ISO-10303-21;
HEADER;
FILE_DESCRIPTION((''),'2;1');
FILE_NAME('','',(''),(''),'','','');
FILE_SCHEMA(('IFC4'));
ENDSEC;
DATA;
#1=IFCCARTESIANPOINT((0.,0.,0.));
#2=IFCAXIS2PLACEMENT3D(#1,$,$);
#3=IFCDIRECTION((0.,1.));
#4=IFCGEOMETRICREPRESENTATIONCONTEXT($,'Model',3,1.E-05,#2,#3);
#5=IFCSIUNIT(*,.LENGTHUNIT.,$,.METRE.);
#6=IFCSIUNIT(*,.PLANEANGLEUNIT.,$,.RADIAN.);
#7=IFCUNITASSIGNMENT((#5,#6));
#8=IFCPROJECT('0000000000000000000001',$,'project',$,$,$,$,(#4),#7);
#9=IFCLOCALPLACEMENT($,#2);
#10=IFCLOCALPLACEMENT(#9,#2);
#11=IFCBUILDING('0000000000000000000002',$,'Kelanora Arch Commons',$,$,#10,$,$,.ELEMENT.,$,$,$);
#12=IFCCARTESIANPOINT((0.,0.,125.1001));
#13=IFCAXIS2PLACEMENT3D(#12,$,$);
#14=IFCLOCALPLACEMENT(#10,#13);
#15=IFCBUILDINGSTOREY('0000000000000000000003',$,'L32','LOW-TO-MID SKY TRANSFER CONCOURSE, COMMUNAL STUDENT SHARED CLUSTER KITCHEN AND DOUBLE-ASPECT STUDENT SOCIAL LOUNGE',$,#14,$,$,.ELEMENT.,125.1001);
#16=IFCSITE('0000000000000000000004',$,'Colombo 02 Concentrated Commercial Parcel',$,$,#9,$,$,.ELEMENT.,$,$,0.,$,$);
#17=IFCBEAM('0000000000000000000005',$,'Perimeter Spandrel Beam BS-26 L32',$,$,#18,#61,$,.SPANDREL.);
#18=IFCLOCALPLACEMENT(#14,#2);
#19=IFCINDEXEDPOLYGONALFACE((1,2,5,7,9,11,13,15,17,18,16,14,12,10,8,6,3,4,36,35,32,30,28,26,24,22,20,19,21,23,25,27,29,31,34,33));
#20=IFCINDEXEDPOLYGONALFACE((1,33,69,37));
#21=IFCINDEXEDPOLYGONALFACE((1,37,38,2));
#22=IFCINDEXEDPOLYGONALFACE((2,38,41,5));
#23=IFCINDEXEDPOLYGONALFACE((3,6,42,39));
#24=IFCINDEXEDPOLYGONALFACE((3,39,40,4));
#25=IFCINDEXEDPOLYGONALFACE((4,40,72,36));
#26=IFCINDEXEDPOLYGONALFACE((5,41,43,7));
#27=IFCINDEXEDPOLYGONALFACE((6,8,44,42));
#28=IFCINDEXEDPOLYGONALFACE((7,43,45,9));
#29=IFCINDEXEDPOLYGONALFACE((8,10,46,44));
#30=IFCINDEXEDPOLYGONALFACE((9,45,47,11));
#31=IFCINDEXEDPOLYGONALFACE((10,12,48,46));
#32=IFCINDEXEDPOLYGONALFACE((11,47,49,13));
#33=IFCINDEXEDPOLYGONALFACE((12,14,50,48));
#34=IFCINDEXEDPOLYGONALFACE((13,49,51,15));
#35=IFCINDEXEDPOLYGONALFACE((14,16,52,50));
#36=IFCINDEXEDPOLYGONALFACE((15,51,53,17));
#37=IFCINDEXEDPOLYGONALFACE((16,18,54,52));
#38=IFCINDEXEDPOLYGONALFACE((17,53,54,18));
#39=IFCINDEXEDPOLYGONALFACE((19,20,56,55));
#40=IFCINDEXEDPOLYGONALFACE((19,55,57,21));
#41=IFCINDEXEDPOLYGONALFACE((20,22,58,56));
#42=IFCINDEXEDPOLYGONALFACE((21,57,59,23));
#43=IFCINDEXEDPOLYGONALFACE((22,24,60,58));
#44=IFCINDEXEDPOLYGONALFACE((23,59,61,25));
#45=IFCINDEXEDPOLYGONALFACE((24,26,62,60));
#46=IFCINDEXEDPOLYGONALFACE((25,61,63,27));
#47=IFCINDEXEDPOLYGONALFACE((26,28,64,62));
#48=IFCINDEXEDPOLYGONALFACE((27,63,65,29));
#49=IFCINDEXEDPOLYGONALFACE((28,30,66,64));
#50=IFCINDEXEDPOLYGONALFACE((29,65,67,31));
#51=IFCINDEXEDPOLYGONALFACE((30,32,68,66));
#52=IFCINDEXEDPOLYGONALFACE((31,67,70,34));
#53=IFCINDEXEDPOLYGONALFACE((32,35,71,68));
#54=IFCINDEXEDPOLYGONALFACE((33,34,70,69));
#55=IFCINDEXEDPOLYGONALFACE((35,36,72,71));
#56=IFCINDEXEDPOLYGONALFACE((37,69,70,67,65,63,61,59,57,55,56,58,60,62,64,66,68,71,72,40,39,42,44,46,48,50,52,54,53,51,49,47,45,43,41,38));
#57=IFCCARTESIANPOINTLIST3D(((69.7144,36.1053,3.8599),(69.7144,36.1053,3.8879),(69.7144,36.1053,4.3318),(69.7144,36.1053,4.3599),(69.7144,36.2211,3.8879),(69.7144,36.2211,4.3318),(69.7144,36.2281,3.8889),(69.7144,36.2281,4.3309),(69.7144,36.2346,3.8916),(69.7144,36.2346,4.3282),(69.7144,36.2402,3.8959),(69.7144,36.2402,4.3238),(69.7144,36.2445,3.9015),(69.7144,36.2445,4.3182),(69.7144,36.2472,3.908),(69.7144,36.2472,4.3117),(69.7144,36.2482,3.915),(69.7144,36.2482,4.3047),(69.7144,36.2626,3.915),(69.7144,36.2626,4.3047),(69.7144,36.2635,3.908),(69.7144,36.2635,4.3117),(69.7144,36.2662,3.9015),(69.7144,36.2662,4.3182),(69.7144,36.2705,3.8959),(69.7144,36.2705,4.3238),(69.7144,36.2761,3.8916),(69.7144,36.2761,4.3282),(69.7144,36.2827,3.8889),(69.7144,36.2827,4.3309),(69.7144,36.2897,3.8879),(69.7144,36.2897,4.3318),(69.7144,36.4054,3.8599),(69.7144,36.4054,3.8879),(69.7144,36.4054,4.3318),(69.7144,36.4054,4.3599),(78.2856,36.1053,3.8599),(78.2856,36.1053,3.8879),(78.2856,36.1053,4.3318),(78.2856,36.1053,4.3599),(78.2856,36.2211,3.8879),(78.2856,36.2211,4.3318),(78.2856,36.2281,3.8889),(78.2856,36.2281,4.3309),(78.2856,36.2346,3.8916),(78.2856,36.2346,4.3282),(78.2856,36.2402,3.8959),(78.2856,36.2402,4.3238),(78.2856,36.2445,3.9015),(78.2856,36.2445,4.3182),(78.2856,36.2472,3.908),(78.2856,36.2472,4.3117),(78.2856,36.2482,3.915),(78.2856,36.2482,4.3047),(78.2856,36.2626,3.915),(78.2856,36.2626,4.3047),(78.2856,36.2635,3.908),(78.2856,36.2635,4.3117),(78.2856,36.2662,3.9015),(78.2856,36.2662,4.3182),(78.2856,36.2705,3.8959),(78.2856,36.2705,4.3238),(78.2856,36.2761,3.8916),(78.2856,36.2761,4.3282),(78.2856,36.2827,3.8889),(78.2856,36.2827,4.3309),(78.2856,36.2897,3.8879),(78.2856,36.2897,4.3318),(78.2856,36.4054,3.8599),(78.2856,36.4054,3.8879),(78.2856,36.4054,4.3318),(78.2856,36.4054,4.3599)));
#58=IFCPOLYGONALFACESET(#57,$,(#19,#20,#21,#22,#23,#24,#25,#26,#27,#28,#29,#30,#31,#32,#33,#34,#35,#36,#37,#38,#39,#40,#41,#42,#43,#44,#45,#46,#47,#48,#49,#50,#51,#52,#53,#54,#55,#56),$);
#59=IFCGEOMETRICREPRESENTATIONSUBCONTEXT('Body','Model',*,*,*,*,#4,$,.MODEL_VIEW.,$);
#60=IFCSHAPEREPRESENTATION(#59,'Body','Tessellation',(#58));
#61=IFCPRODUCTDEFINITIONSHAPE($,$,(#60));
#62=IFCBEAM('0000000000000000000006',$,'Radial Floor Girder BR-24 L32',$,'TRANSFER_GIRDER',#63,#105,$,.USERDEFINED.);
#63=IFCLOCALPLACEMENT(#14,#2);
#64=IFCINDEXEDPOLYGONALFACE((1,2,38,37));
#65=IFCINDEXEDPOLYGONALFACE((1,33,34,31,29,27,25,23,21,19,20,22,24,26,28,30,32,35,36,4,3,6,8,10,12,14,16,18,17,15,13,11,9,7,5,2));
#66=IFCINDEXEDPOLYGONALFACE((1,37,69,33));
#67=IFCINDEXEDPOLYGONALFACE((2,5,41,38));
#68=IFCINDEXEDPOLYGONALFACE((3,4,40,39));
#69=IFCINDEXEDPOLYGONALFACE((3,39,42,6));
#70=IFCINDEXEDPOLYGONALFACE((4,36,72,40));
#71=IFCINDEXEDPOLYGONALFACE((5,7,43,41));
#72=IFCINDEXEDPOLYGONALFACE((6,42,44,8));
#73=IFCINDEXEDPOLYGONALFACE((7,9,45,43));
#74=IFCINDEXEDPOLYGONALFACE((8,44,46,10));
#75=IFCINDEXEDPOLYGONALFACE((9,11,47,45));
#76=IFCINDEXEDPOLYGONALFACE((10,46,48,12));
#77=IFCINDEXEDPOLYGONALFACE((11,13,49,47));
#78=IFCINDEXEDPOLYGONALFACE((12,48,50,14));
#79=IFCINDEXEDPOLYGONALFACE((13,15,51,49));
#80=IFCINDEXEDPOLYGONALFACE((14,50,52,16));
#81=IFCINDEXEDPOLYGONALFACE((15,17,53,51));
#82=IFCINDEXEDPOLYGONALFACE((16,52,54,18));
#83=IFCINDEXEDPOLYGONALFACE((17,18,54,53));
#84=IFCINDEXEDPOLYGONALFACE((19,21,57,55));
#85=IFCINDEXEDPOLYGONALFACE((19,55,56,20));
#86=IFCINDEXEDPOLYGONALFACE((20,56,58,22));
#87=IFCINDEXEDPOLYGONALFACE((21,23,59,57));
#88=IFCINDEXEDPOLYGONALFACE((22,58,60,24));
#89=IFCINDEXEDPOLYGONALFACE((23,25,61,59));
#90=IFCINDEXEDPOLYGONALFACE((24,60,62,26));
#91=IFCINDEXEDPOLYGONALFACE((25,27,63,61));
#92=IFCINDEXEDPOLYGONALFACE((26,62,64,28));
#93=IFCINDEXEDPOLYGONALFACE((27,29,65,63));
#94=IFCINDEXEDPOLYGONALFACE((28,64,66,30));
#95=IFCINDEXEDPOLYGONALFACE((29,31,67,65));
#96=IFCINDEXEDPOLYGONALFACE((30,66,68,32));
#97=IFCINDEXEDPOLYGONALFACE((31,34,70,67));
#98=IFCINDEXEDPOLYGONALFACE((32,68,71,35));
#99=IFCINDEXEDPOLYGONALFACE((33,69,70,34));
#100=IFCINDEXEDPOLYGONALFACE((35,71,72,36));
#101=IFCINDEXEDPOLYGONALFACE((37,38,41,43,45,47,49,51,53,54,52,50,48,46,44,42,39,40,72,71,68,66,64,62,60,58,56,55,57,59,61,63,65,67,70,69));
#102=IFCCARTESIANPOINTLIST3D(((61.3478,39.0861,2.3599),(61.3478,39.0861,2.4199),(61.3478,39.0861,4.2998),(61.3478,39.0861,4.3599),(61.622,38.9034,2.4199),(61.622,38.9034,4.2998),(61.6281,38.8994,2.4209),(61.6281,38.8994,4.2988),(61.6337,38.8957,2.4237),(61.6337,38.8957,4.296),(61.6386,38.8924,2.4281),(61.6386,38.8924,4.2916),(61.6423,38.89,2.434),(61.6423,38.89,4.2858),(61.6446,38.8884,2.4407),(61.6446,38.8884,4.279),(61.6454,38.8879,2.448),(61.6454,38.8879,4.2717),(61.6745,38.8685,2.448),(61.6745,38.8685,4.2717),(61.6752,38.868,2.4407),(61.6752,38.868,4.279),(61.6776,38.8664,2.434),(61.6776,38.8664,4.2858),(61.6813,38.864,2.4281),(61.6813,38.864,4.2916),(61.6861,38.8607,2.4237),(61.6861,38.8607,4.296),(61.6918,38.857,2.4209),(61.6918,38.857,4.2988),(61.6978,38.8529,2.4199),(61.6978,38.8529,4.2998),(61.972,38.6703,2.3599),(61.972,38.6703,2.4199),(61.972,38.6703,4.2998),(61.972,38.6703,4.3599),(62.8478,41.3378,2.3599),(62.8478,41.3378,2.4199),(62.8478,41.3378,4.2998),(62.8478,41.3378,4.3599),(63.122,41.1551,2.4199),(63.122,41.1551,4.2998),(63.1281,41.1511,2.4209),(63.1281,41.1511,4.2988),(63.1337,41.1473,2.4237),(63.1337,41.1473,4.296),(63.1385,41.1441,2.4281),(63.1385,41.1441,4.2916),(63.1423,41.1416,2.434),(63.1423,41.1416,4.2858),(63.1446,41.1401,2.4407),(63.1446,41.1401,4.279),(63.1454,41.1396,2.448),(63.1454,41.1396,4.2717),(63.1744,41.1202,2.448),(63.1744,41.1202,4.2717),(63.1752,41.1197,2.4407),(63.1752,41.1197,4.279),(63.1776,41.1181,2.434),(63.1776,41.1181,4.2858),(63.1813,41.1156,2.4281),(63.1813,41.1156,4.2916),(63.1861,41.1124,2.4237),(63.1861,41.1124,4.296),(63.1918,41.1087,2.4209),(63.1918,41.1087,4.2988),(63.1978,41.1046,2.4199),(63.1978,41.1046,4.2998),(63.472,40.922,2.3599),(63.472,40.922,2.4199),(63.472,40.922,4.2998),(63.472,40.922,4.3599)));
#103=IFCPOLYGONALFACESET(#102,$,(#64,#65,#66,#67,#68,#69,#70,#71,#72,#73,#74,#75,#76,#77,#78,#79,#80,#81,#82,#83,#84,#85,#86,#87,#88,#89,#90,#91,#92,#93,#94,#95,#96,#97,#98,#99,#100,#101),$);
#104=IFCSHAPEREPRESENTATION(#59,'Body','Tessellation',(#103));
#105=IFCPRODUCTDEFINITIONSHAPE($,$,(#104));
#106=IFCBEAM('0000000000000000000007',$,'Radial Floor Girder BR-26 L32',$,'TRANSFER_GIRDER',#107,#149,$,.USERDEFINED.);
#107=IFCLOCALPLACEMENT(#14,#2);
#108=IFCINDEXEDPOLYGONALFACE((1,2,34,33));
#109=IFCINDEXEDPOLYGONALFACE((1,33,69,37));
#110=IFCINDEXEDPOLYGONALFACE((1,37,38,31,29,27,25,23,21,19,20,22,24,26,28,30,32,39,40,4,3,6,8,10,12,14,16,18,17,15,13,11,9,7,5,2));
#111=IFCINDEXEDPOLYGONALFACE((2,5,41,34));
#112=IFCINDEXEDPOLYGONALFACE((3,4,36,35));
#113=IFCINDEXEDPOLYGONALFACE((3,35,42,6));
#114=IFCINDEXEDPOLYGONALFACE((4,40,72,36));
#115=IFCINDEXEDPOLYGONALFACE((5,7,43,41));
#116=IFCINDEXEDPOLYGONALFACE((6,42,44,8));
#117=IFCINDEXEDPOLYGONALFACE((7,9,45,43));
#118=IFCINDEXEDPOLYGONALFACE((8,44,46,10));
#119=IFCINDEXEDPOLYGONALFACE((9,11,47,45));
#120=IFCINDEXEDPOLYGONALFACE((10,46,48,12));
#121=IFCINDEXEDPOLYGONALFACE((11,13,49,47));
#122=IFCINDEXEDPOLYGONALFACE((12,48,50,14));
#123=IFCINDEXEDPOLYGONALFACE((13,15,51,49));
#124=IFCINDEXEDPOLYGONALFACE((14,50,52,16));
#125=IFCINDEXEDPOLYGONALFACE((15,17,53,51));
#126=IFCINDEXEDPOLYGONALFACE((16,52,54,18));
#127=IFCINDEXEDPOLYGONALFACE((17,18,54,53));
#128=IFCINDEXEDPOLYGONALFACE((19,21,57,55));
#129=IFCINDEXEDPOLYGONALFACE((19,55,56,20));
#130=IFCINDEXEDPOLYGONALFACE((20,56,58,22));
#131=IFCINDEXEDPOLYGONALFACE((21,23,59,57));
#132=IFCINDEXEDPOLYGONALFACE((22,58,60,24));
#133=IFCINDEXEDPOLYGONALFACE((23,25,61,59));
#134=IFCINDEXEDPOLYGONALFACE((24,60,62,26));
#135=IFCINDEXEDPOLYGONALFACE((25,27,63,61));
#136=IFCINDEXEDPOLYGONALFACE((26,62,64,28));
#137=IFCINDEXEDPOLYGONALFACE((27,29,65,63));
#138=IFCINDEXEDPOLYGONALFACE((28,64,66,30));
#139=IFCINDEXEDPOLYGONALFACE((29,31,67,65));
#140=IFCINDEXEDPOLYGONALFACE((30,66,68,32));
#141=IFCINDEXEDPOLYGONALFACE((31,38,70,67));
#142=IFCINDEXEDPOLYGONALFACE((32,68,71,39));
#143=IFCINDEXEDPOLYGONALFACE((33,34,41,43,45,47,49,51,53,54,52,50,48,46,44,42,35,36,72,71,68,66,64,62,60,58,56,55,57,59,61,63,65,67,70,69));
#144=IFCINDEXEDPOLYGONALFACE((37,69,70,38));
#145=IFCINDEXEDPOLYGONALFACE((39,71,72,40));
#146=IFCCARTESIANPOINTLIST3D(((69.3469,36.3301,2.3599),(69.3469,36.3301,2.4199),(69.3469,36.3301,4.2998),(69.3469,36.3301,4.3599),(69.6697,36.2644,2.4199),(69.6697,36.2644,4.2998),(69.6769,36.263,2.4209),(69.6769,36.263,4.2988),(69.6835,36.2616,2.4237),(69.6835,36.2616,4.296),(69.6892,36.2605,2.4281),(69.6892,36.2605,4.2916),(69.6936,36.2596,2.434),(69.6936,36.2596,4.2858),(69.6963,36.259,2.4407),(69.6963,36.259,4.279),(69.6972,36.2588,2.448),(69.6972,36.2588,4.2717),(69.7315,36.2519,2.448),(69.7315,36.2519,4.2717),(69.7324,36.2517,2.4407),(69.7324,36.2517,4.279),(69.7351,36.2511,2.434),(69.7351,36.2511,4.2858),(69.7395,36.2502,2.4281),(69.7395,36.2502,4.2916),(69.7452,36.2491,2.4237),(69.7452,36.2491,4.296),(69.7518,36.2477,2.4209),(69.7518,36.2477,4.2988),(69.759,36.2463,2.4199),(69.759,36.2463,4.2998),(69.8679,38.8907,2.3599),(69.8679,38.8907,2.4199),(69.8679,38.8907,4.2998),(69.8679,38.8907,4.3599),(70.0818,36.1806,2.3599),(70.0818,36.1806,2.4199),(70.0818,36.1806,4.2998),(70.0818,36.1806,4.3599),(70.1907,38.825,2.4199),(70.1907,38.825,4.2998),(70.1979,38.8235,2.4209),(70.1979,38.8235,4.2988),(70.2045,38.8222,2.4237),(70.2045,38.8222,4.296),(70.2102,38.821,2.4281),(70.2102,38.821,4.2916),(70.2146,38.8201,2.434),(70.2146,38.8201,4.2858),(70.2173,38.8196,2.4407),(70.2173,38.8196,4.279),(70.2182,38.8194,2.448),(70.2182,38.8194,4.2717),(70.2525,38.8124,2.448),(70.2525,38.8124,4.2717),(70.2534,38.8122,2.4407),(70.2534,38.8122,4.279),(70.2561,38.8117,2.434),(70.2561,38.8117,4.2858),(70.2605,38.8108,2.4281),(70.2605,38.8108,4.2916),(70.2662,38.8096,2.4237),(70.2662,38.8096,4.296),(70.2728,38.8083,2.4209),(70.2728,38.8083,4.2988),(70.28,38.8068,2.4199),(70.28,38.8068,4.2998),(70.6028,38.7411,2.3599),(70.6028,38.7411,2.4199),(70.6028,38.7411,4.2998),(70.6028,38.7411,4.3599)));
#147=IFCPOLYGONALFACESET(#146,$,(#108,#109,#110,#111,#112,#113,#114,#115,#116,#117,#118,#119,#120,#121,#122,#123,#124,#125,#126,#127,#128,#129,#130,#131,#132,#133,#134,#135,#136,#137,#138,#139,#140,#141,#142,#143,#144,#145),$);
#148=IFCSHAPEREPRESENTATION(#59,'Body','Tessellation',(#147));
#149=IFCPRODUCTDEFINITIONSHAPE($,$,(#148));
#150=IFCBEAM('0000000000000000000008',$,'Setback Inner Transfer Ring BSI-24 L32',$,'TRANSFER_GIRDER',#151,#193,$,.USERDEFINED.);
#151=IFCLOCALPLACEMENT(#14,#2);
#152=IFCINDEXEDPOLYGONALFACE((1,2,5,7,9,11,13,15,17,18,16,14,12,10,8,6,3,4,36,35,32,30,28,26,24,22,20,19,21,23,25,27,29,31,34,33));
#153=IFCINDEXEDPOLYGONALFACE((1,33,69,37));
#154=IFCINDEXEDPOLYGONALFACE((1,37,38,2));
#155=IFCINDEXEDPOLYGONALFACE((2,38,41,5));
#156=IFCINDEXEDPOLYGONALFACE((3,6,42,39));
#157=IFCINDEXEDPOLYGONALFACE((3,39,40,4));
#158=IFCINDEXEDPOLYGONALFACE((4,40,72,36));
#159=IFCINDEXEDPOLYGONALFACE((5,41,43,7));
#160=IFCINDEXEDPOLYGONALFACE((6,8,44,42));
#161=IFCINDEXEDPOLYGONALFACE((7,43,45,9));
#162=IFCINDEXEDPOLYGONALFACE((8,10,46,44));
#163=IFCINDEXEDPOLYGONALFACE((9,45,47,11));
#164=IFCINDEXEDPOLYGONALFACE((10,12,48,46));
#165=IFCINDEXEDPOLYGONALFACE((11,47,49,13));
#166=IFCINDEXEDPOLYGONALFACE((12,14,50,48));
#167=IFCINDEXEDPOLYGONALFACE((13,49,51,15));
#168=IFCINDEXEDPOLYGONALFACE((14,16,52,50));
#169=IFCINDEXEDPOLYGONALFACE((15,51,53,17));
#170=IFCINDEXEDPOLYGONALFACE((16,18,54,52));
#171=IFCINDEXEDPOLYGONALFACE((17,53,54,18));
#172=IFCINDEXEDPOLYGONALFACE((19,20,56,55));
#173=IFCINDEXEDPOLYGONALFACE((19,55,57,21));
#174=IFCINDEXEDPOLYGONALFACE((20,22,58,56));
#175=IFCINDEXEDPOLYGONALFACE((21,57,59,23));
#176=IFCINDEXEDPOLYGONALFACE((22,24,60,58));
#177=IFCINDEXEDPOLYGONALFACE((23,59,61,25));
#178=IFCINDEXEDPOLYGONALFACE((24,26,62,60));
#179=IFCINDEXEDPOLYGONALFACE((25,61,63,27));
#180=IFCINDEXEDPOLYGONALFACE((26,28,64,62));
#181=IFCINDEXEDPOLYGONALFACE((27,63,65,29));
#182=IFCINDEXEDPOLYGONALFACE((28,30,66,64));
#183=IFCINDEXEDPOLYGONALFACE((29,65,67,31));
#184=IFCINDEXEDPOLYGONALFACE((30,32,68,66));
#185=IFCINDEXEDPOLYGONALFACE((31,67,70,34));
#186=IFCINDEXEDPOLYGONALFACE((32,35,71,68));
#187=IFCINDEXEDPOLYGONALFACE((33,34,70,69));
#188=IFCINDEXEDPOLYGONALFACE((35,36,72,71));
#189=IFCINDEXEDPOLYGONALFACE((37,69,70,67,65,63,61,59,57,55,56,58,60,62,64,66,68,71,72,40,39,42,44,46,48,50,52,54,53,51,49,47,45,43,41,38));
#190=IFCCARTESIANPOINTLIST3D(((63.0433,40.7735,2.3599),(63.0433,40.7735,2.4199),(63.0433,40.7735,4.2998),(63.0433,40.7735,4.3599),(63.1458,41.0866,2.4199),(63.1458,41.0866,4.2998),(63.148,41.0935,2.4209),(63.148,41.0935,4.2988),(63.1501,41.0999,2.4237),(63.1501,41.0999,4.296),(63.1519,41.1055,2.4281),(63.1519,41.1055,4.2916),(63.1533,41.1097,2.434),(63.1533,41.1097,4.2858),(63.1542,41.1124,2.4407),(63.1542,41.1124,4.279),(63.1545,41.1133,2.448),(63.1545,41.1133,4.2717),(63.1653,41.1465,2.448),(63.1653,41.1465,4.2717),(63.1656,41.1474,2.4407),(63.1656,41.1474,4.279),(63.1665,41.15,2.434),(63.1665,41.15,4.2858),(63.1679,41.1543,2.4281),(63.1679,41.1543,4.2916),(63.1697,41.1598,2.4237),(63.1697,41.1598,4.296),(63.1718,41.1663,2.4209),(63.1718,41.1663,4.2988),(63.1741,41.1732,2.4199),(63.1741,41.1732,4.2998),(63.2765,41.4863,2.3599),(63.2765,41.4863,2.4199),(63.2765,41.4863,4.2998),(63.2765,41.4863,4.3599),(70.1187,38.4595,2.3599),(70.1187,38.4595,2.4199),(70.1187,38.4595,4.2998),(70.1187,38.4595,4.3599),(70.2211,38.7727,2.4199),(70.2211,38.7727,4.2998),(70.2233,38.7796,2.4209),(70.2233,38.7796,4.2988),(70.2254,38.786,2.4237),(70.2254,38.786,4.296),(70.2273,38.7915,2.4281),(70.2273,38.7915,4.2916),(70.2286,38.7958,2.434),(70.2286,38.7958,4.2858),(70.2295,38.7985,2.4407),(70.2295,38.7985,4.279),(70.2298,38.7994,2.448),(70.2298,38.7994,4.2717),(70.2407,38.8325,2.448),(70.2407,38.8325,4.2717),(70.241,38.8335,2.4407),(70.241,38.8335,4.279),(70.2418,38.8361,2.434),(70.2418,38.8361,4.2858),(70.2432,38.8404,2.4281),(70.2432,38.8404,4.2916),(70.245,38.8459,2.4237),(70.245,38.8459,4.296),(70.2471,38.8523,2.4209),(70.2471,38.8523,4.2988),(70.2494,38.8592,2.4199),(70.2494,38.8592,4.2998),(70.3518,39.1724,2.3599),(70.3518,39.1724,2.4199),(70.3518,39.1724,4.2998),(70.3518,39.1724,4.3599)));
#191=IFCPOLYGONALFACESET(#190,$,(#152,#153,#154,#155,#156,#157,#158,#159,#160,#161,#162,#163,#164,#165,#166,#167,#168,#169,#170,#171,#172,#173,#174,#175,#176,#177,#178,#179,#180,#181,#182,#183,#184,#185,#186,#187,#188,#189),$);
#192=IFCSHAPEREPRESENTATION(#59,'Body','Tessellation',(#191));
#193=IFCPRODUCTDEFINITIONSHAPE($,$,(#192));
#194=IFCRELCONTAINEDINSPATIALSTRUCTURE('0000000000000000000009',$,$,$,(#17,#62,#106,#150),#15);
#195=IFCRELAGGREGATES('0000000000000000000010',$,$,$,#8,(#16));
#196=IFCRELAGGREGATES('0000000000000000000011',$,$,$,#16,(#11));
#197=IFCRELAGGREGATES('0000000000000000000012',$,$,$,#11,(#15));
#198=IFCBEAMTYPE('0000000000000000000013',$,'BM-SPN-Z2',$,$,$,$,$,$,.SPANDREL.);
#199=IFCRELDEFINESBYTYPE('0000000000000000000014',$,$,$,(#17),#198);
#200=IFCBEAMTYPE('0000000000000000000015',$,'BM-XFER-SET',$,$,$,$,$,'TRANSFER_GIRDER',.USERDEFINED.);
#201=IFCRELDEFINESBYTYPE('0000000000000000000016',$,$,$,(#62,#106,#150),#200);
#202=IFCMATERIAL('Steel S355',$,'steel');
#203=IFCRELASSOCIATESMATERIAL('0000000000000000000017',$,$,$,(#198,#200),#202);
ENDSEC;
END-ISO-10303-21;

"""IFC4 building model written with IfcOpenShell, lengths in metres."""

from ifc_helpers import new_model, si_unit, direction, frame, origin, origin_2d, place, context, subcontext, project, spatial, i_section, extrude, material, material_profile, profile_set, type_object, element, save


model = new_model("IFC4")

# Units and contexts
model_context = context("Model", 3, precision=1e-05, world=origin(), true_north=direction((0.0, 1.0)))
body_context = subcontext(model_context, "Body", "Model", "MODEL_VIEW")
ifc_project = project(units=[si_unit("LENGTHUNIT", "METRE"), si_unit("PLANEANGLEUNIT", "RADIAN")], contexts=[model_context])

# Site, building, storey
site_placement = place(None, origin())
site = spatial("IfcSite", under=ifc_project, at=site_placement, Name="Colombo 02 Concentrated Commercial Parcel", CompositionType="ELEMENT", RefElevation=0.0)
building_placement = place(site_placement, origin())
building = spatial("IfcBuilding", under=site, at=building_placement, Name="Kelanora Arch Commons", CompositionType="ELEMENT")
storey_placement = place(building_placement, frame((0.0, 0.0, 125.1001)))
storey = spatial("IfcBuildingStorey", under=building, at=storey_placement, Name="L32", Description="LOW-TO-MID SKY TRANSFER CONCOURSE, COMMUNAL STUDENT SHARED CLUSTER KITCHEN AND DOUBLE-ASPECT STUDENT SOCIAL LOUNGE", CompositionType="ELEMENT", Elevation=125.1001)

# Beams
ifc_material_1 = material(Name="Steel S355", Category="steel")
ifc_material_profile_1 = material_profile(ifc_material_1, i_section(OverallWidth=0.3, OverallDepth=0.5, WebThickness=0.0144, FlangeThickness=0.0281, FilletRadius=0.0271, at=origin_2d()), Name="HEB500")
ifc_profile_set_1 = profile_set([ifc_material_profile_1], Name="Steel S355")
beam_type_1 = type_object("IfcBeamType", Name="BM-SPN-Z2", PredefinedType="SPANDREL", material=ifc_profile_set_1)
beam_1_placement = place(storey_placement, frame((69.7144, 36.2554, 4.1099), z_axis=(1.0, 0.0, 0.0), x_axis=(0.0, 1.0, 0.0)))
element("IfcBeam", 1, at=beam_1_placement, inside=storey, type_object=beam_type_1, Name="Perimeter Spandrel Beam BS-26 L32", PredefinedType="SPANDREL", context=body_context, shape_type="SweptSolid", body=[
    extrude(i_section(OverallWidth=0.3, OverallDepth=0.5, WebThickness=0.0144, FlangeThickness=0.0281, FilletRadius=0.0271, at=origin_2d()), origin(), (0.0, 0.0, 1.0), 8.5713),
])
ifc_material_profile_2 = material_profile(ifc_material_1, i_section(OverallWidth=0.75, OverallDepth=2.0, WebThickness=0.0349, FlangeThickness=0.0601, FilletRadius=0.0281, at=origin_2d()), Name="PG2000x750")
ifc_profile_set_2 = profile_set([ifc_material_profile_2], Name="Steel S355")
beam_type_2 = type_object("IfcBeamType", Name="BM-XFER-SET", ElementType="TRANSFER_GIRDER", PredefinedType="USERDEFINED", material=ifc_profile_set_2)
beam_2_placement = place(storey_placement, frame((63.1599, 41.1299, 3.3599), z_axis=(-0.554409, -0.832245, 0.0), x_axis=(0.832245, -0.554409, 0.0)))
element("IfcBeam", 2, at=beam_2_placement, inside=storey, type_object=beam_type_2, Name="Radial Floor Girder BR-24 L32", ObjectType="TRANSFER_GIRDER", PredefinedType="USERDEFINED", context=body_context, shape_type="SweptSolid", body=[
    extrude(i_section(OverallWidth=0.75, OverallDepth=2.0, WebThickness=0.0349, FlangeThickness=0.0601, FilletRadius=0.0281, at=origin_2d()), origin(), (0.0, 0.0, 1.0), 2.7056),
])
beam_3_placement = place(storey_placement, frame((70.2354, 38.8159, 3.3599), z_axis=(-0.199385, -0.979921, 0.0), x_axis=(0.979921, -0.199385, 0.0)))
element("IfcBeam", 3, at=beam_3_placement, inside=storey, type_object=beam_type_2, Name="Radial Floor Girder BR-26 L32", ObjectType="TRANSFER_GIRDER", PredefinedType="USERDEFINED", context=body_context, shape_type="SweptSolid", body=[
    extrude(i_section(OverallWidth=0.75, OverallDepth=2.0, WebThickness=0.0349, FlangeThickness=0.0601, FilletRadius=0.0281, at=origin_2d()), origin(), (0.0, 0.0, 1.0), 2.613),
])
beam_4_placement = place(storey_placement, frame((63.1599, 41.1299, 3.3599), z_axis=(0.950462, -0.310841, 0.0), x_axis=(0.310841, 0.950462, 0.0)))
element("IfcBeam", 4, at=beam_4_placement, inside=storey, type_object=beam_type_2, Name="Setback Inner Transfer Ring BSI-24 L32", ObjectType="TRANSFER_GIRDER", PredefinedType="USERDEFINED", context=body_context, shape_type="SweptSolid", body=[
    extrude(i_section(OverallWidth=0.75, OverallDepth=2.0, WebThickness=0.0349, FlangeThickness=0.0601, FilletRadius=0.0281, at=origin_2d()), origin(), (0.0, 0.0, 1.0), 7.4441),
])

save(model, "model.ifc")
